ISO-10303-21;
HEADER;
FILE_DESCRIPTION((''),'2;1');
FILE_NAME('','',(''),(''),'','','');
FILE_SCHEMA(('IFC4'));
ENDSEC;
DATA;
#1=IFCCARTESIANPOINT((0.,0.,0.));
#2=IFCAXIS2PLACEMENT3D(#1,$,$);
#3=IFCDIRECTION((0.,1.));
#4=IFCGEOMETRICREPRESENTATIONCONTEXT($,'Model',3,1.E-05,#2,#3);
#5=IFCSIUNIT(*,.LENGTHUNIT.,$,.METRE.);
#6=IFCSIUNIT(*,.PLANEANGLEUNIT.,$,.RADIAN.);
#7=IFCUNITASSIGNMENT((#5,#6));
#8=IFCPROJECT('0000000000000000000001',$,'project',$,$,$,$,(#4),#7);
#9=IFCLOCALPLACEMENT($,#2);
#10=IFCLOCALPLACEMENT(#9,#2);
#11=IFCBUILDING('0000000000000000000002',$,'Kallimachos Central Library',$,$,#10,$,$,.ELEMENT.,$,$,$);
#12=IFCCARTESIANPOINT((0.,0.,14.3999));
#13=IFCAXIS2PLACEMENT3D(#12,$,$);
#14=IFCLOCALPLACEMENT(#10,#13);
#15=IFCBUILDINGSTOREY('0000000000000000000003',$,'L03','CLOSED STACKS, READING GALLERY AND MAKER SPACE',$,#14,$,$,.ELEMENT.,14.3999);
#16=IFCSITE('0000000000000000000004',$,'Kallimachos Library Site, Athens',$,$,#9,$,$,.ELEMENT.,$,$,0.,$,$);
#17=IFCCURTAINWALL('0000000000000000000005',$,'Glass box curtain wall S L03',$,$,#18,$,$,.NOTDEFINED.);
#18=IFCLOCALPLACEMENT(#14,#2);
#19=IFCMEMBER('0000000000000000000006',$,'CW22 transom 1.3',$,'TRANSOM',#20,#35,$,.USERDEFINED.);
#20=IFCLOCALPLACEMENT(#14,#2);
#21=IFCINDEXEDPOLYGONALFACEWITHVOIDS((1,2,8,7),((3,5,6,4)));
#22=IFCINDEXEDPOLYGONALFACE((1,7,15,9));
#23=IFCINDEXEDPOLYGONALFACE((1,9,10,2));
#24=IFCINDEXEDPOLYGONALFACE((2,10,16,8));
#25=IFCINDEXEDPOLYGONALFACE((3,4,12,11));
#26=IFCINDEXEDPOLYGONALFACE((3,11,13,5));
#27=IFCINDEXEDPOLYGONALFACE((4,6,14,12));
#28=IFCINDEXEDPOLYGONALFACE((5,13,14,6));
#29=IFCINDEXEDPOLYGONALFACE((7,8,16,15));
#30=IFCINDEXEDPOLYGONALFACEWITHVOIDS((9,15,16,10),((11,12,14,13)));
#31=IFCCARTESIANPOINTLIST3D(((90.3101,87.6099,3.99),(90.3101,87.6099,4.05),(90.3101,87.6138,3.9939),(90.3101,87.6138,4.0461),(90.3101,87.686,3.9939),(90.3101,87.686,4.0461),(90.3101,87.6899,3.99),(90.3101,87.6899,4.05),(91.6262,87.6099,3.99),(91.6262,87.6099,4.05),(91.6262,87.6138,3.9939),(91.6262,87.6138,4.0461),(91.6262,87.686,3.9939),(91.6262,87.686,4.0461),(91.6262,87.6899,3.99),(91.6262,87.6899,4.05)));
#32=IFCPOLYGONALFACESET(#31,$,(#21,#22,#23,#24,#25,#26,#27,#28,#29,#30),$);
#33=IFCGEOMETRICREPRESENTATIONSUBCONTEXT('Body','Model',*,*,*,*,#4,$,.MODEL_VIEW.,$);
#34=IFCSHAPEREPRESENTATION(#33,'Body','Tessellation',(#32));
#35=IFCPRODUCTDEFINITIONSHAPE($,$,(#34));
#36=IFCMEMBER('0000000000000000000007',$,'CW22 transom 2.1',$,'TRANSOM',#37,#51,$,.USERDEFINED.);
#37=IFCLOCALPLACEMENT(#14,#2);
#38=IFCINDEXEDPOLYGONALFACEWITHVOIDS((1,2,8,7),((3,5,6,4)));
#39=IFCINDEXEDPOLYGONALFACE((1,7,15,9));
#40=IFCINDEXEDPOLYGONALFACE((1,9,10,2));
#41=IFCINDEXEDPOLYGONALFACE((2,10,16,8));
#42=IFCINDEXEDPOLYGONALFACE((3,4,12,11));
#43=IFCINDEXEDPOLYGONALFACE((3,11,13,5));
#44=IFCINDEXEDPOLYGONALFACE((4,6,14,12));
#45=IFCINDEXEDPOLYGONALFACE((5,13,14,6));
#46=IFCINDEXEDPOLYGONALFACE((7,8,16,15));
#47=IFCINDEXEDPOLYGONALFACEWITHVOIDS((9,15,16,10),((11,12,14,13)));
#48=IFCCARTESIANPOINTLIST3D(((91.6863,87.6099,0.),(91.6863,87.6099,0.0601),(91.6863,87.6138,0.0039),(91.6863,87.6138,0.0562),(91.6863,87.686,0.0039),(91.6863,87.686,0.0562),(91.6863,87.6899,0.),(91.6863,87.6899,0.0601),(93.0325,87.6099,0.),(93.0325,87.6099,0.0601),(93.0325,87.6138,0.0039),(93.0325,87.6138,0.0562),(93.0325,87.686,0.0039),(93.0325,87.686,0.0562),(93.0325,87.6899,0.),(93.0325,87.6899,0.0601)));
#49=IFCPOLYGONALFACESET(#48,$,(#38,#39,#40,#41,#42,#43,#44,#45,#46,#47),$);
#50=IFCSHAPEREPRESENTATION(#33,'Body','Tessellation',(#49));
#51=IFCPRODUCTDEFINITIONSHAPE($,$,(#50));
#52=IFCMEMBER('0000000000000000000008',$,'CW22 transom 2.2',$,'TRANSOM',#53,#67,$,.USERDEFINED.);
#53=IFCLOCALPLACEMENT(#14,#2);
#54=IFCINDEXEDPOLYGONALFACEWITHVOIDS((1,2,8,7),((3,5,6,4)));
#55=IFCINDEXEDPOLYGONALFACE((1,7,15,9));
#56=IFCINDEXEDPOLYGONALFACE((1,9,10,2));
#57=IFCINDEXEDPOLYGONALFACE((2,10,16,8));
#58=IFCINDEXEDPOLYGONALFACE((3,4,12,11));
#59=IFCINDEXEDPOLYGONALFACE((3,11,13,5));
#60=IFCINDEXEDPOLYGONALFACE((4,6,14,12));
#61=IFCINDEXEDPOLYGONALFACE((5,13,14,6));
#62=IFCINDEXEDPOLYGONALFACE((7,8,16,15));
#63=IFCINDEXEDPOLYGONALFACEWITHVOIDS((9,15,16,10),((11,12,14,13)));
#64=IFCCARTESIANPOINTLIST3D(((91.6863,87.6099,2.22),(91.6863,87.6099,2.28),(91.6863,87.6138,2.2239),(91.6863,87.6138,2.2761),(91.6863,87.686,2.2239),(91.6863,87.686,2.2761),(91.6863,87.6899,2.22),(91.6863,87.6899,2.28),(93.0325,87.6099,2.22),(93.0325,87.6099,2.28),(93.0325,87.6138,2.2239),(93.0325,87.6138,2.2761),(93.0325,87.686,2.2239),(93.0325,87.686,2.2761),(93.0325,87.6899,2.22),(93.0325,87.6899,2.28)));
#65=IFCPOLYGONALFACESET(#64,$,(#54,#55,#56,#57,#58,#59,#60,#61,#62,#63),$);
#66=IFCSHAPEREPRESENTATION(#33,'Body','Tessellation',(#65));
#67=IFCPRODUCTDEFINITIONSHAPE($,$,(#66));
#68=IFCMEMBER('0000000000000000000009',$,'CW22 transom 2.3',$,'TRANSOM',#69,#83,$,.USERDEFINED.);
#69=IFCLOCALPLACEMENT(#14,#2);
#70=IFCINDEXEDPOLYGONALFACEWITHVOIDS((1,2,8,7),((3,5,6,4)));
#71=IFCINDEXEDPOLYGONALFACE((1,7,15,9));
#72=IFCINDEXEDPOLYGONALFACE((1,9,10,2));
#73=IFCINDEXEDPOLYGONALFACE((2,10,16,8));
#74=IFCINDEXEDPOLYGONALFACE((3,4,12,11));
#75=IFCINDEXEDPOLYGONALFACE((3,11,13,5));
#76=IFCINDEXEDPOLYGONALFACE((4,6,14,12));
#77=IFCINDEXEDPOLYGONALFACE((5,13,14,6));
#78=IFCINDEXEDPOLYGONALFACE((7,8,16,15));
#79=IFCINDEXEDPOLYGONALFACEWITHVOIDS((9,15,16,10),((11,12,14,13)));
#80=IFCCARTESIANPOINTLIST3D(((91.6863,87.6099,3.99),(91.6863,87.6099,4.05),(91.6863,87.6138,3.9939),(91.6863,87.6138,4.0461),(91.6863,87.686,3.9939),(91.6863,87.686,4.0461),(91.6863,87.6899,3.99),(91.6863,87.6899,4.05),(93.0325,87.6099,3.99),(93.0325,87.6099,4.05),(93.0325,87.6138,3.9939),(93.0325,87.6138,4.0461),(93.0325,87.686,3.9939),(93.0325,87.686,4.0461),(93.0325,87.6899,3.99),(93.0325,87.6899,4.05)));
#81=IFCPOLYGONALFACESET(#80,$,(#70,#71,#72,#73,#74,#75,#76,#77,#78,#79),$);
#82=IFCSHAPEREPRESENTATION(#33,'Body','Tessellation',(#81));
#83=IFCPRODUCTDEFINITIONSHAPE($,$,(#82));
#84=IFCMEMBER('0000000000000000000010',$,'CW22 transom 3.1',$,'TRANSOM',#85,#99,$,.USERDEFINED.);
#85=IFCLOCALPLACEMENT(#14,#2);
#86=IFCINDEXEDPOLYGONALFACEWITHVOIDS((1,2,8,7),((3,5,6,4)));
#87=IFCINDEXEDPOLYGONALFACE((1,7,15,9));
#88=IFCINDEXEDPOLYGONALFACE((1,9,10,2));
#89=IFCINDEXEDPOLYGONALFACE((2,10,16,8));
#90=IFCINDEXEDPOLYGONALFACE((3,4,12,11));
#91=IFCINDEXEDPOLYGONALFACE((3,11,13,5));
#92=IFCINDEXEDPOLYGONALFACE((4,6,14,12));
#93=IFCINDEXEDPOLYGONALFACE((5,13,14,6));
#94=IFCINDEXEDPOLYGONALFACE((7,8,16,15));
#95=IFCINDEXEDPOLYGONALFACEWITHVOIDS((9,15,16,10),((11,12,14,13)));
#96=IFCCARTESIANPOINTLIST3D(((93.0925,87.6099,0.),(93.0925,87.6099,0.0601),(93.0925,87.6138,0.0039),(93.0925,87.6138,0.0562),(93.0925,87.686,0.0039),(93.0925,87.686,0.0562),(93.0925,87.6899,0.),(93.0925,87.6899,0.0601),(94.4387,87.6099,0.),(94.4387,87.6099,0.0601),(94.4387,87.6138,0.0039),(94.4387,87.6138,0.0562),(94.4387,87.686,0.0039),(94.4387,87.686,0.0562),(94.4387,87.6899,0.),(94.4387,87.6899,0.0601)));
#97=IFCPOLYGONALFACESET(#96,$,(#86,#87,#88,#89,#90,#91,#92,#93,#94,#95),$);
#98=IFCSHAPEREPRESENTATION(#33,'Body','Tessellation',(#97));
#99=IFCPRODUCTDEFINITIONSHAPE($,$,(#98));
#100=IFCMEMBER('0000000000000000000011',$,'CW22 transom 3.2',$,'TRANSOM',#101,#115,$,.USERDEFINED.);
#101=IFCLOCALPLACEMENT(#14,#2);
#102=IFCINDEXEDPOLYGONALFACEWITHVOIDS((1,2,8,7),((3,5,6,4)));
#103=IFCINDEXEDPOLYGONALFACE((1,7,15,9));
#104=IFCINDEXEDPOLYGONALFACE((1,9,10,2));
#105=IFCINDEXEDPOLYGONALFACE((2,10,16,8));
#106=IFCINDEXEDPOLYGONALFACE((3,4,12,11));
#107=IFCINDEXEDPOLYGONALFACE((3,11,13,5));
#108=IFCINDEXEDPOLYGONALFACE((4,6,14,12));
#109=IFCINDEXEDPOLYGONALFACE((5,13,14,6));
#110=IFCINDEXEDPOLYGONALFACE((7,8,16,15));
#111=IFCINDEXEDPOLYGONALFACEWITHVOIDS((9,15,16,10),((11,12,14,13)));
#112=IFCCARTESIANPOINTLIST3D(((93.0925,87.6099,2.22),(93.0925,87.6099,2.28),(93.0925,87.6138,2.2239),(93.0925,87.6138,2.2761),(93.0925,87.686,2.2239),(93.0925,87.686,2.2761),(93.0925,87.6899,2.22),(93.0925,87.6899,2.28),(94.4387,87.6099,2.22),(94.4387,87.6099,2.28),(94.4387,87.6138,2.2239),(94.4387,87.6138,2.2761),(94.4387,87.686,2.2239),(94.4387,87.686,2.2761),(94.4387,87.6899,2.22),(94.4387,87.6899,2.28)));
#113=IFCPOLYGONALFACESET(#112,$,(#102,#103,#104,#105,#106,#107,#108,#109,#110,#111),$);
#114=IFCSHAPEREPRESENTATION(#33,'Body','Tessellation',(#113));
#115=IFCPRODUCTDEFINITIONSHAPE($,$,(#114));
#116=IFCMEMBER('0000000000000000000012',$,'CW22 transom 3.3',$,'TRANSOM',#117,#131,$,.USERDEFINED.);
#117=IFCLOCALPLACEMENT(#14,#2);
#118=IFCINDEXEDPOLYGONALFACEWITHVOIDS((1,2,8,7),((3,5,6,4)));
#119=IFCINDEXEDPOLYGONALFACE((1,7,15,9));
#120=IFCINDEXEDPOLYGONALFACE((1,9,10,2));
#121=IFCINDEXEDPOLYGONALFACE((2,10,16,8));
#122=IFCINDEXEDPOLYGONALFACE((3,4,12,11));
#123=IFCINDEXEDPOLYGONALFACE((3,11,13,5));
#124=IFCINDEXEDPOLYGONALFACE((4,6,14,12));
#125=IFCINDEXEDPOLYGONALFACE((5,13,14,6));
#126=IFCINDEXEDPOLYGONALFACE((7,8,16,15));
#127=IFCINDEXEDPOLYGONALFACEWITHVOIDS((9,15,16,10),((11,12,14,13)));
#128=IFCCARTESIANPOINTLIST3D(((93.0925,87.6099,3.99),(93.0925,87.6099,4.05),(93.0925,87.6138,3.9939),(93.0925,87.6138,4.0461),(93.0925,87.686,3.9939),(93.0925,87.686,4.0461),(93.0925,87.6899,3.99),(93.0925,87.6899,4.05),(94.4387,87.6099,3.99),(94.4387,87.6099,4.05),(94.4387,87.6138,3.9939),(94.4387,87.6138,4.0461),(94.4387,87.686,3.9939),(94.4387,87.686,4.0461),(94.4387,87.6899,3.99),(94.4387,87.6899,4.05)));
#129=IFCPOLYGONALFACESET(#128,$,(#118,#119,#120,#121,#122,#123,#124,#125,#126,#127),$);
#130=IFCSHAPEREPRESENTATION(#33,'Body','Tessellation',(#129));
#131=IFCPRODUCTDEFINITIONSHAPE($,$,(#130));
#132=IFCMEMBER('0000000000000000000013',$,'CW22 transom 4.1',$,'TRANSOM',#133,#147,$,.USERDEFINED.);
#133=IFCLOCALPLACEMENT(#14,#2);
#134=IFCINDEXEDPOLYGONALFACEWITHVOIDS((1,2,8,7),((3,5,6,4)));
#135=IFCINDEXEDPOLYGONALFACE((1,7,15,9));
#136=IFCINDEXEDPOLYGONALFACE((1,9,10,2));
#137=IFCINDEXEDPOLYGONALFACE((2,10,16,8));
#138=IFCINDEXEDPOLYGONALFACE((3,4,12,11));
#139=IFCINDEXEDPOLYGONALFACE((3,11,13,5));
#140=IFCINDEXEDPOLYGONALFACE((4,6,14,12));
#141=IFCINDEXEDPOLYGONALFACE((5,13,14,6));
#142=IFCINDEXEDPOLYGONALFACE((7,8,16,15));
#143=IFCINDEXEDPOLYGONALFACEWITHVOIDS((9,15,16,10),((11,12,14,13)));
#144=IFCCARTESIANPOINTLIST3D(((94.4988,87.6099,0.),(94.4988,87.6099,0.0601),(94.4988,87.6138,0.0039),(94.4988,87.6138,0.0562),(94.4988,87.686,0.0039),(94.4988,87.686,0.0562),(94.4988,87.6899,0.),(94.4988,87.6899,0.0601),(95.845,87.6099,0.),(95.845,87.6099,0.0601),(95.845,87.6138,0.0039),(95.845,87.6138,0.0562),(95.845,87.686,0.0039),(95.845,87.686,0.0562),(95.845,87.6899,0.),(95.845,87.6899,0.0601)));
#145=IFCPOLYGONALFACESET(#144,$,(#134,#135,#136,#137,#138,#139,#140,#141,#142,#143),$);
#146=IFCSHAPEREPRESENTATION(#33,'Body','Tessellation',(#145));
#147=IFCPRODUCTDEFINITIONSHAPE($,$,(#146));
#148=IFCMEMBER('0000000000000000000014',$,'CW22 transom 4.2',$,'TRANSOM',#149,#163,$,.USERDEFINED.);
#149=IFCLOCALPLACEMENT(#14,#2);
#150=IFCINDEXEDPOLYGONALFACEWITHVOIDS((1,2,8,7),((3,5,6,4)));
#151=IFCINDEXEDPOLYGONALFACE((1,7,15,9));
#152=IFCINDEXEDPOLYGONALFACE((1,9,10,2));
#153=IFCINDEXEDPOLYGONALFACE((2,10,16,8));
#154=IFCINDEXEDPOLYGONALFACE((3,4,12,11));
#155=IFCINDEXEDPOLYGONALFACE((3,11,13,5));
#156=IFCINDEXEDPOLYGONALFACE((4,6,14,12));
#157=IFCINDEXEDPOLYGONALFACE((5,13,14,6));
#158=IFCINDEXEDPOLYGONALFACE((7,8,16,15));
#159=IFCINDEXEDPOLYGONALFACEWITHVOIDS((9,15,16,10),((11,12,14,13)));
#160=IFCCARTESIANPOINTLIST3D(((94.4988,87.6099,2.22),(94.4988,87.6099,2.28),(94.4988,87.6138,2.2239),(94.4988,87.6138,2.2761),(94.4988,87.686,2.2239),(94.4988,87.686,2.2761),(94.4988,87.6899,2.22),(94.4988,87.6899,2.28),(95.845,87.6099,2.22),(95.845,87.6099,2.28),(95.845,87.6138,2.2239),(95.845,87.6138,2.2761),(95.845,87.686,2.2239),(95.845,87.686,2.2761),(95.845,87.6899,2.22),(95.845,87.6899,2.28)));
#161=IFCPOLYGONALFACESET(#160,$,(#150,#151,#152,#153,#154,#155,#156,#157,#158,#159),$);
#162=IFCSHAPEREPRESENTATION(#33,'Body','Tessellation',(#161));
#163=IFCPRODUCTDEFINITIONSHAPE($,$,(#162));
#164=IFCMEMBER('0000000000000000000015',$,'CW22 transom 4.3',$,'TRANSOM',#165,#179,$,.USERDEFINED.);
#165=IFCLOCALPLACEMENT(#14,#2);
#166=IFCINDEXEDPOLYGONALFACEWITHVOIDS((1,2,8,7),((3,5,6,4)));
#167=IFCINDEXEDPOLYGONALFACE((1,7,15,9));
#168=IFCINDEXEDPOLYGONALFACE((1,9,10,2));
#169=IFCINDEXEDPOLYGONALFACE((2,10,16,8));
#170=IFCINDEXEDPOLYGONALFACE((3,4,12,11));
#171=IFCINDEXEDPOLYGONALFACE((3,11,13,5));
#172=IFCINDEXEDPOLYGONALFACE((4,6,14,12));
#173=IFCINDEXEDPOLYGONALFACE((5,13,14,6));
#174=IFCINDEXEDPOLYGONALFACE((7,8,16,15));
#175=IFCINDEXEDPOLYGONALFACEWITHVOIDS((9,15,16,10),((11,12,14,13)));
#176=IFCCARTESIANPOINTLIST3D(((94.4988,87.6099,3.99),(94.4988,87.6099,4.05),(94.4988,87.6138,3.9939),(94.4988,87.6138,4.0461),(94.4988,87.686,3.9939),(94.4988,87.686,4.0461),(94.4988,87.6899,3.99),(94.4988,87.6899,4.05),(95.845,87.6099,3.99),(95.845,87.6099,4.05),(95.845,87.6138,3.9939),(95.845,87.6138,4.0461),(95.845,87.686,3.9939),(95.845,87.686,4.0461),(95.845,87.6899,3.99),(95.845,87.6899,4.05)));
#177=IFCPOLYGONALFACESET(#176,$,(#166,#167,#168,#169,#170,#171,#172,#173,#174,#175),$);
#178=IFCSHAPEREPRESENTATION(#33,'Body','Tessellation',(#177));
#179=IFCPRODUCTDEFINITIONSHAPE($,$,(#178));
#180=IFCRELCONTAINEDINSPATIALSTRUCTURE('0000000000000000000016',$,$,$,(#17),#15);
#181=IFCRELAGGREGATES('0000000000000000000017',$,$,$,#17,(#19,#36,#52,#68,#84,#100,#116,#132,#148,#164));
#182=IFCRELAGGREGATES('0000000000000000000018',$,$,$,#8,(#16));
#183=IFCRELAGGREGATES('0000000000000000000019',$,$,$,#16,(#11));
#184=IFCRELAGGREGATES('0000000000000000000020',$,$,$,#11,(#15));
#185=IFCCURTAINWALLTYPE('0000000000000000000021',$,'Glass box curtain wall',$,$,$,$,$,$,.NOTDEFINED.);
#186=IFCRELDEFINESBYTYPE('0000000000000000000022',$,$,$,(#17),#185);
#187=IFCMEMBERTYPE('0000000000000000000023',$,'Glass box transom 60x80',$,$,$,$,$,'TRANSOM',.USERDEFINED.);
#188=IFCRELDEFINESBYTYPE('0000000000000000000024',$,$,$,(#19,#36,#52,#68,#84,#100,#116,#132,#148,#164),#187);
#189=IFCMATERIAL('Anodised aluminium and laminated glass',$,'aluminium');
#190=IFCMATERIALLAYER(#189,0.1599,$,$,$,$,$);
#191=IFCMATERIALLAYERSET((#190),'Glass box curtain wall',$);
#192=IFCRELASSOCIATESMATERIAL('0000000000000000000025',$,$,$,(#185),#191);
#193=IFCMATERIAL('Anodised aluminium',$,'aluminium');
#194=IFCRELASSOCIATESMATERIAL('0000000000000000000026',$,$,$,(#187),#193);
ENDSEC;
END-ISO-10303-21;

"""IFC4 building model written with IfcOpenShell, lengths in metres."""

from ifc_helpers import new_model, si_unit, direction, frame, origin, origin_2d, place, context, subcontext, project, spatial, hollow_rectangle, extrude, material, layer, layer_set, material_profile, profile_set, type_object, element, aggregate, save


model = new_model("IFC4")

# Units and contexts
model_context = context("Model", 3, precision=1e-05, world=origin(), true_north=direction((0.0, 1.0)))
body_context = subcontext(model_context, "Body", "Model", "MODEL_VIEW")
ifc_project = project(units=[si_unit("LENGTHUNIT", "METRE"), si_unit("PLANEANGLEUNIT", "RADIAN")], contexts=[model_context])

# Site, building, storey
site_placement = place(None, origin())
site = spatial("IfcSite", under=ifc_project, at=site_placement, Name="Kallimachos Library Site, Athens", CompositionType="ELEMENT", RefElevation=0.0)
building_placement = place(site_placement, origin())
building = spatial("IfcBuilding", under=site, at=building_placement, Name="Kallimachos Central Library", CompositionType="ELEMENT")
storey_placement = place(building_placement, frame((0.0, 0.0, 14.3999)))
storey = spatial("IfcBuildingStorey", under=building, at=storey_placement, Name="L03", Description="CLOSED STACKS, READING GALLERY AND MAKER SPACE", CompositionType="ELEMENT", Elevation=14.3999)

# Curtain wall, members
ifc_material_1 = material(Name="Anodised aluminium and laminated glass", Category="aluminium")
ifc_layer_1 = layer(ifc_material_1, 0.1599)
ifc_layer_set_1 = layer_set([ifc_layer_1], Name="Glass box curtain wall")
curtain_wall_type_1 = type_object("IfcCurtainWallType", Name="Glass box curtain wall", PredefinedType="NOTDEFINED", material=ifc_layer_set_1)
curtain_wall_1_placement = place(storey_placement, origin())
curtain_wall_1 = element("IfcCurtainWall", 1, at=curtain_wall_1_placement, inside=storey, type_object=curtain_wall_type_1, Name="Glass box curtain wall S L03", PredefinedType="NOTDEFINED")
ifc_material_2 = material(Name="Anodised aluminium", Category="aluminium")
ifc_material_profile_1 = material_profile(ifc_material_2, hollow_rectangle(XDim=0.0601, YDim=0.0801, WallThickness=0.0039, at=origin_2d()), Name="ALU TRANSOM 60x80")
ifc_profile_set_1 = profile_set([ifc_material_profile_1], Name="Anodised aluminium")
member_type_1 = type_object("IfcMemberType", Name="Glass box transom 60x80", ElementType="TRANSOM", PredefinedType="USERDEFINED", material=ifc_profile_set_1)
member_1_placement = place(storey_placement, frame((90.3101, 87.6499, 4.02), z_axis=(1.0, 0.0, 0.0), x_axis=(0.0, 0.0, 1.0)))
member_1 = element("IfcMember", 2, at=member_1_placement, type_object=member_type_1, Name="CW22 transom 1.3", ObjectType="TRANSOM", PredefinedType="USERDEFINED", context=body_context, shape_type="SweptSolid", body=[
    extrude(hollow_rectangle(XDim=0.0601, YDim=0.0801, WallThickness=0.0039, at=origin_2d()), origin(), (0.0, 0.0, 1.0), 1.3162),
])
member_2_placement = place(storey_placement, frame((91.6863, 87.6499, 0.03), z_axis=(1.0, 0.0, 0.0), x_axis=(0.0, 0.0, 1.0)))
member_2 = element("IfcMember", 3, at=member_2_placement, type_object=member_type_1, Name="CW22 transom 2.1", ObjectType="TRANSOM", PredefinedType="USERDEFINED", context=body_context, shape_type="SweptSolid", body=[
    extrude(hollow_rectangle(XDim=0.0601, YDim=0.0801, WallThickness=0.0039, at=origin_2d()), origin(), (0.0, 0.0, 1.0), 1.3462),
])
member_3_placement = place(storey_placement, frame((91.6863, 87.6499, 2.25), z_axis=(1.0, 0.0, 0.0), x_axis=(0.0, 0.0, 1.0)))
member_3 = element("IfcMember", 4, at=member_3_placement, type_object=member_type_1, Name="CW22 transom 2.2", ObjectType="TRANSOM", PredefinedType="USERDEFINED", context=body_context, shape_type="SweptSolid", body=[
    extrude(hollow_rectangle(XDim=0.0601, YDim=0.0801, WallThickness=0.0039, at=origin_2d()), origin(), (0.0, 0.0, 1.0), 1.3462),
])
member_4_placement = place(storey_placement, frame((91.6863, 87.6499, 4.02), z_axis=(1.0, 0.0, 0.0), x_axis=(0.0, 0.0, 1.0)))
member_4 = element("IfcMember", 5, at=member_4_placement, type_object=member_type_1, Name="CW22 transom 2.3", ObjectType="TRANSOM", PredefinedType="USERDEFINED", context=body_context, shape_type="SweptSolid", body=[
    extrude(hollow_rectangle(XDim=0.0601, YDim=0.0801, WallThickness=0.0039, at=origin_2d()), origin(), (0.0, 0.0, 1.0), 1.3462),
])
member_5_placement = place(storey_placement, frame((93.0925, 87.6499, 0.03), z_axis=(1.0, 0.0, 0.0), x_axis=(0.0, 0.0, 1.0)))
member_5 = element("IfcMember", 6, at=member_5_placement, type_object=member_type_1, Name="CW22 transom 3.1", ObjectType="TRANSOM", PredefinedType="USERDEFINED", context=body_context, shape_type="SweptSolid", body=[
    extrude(hollow_rectangle(XDim=0.0601, YDim=0.0801, WallThickness=0.0039, at=origin_2d()), origin(), (0.0, 0.0, 1.0), 1.3462),
])
member_6_placement = place(storey_placement, frame((93.0925, 87.6499, 2.25), z_axis=(1.0, 0.0, 0.0), x_axis=(0.0, 0.0, 1.0)))
member_6 = element("IfcMember", 7, at=member_6_placement, type_object=member_type_1, Name="CW22 transom 3.2", ObjectType="TRANSOM", PredefinedType="USERDEFINED", context=body_context, shape_type="SweptSolid", body=[
    extrude(hollow_rectangle(XDim=0.0601, YDim=0.0801, WallThickness=0.0039, at=origin_2d()), origin(), (0.0, 0.0, 1.0), 1.3462),
])
member_7_placement = place(storey_placement, frame((93.0925, 87.6499, 4.02), z_axis=(1.0, 0.0, 0.0), x_axis=(0.0, 0.0, 1.0)))
member_7 = element("IfcMember", 8, at=member_7_placement, type_object=member_type_1, Name="CW22 transom 3.3", ObjectType="TRANSOM", PredefinedType="USERDEFINED", context=body_context, shape_type="SweptSolid", body=[
    extrude(hollow_rectangle(XDim=0.0601, YDim=0.0801, WallThickness=0.0039, at=origin_2d()), origin(), (0.0, 0.0, 1.0), 1.3462),
])
member_8_placement = place(storey_placement, frame((94.4988, 87.6499, 0.03), z_axis=(1.0, 0.0, 0.0), x_axis=(0.0, 0.0, 1.0)))
member_8 = element("IfcMember", 9, at=member_8_placement, type_object=member_type_1, Name="CW22 transom 4.1", ObjectType="TRANSOM", PredefinedType="USERDEFINED", context=body_context, shape_type="SweptSolid", body=[
    extrude(hollow_rectangle(XDim=0.0601, YDim=0.0801, WallThickness=0.0039, at=origin_2d()), origin(), (0.0, 0.0, 1.0), 1.3462),
])
member_9_placement = place(storey_placement, frame((94.4988, 87.6499, 2.25), z_axis=(1.0, 0.0, 0.0), x_axis=(0.0, 0.0, 1.0)))
member_9 = element("IfcMember", 10, at=member_9_placement, type_object=member_type_1, Name="CW22 transom 4.2", ObjectType="TRANSOM", PredefinedType="USERDEFINED", context=body_context, shape_type="SweptSolid", body=[
    extrude(hollow_rectangle(XDim=0.0601, YDim=0.0801, WallThickness=0.0039, at=origin_2d()), origin(), (0.0, 0.0, 1.0), 1.3462),
])
member_10_placement = place(storey_placement, frame((94.4988, 87.6499, 4.02), z_axis=(1.0, 0.0, 0.0), x_axis=(0.0, 0.0, 1.0)))
member_10 = element("IfcMember", 11, at=member_10_placement, type_object=member_type_1, Name="CW22 transom 4.3", ObjectType="TRANSOM", PredefinedType="USERDEFINED", context=body_context, shape_type="SweptSolid", body=[
    extrude(hollow_rectangle(XDim=0.0601, YDim=0.0801, WallThickness=0.0039, at=origin_2d()), origin(), (0.0, 0.0, 1.0), 1.3462),
])

aggregate(curtain_wall_1, [member_1, member_2, member_3, member_4, member_5, member_6, member_7, member_8, member_9, member_10])

save(model, "model.ifc")
